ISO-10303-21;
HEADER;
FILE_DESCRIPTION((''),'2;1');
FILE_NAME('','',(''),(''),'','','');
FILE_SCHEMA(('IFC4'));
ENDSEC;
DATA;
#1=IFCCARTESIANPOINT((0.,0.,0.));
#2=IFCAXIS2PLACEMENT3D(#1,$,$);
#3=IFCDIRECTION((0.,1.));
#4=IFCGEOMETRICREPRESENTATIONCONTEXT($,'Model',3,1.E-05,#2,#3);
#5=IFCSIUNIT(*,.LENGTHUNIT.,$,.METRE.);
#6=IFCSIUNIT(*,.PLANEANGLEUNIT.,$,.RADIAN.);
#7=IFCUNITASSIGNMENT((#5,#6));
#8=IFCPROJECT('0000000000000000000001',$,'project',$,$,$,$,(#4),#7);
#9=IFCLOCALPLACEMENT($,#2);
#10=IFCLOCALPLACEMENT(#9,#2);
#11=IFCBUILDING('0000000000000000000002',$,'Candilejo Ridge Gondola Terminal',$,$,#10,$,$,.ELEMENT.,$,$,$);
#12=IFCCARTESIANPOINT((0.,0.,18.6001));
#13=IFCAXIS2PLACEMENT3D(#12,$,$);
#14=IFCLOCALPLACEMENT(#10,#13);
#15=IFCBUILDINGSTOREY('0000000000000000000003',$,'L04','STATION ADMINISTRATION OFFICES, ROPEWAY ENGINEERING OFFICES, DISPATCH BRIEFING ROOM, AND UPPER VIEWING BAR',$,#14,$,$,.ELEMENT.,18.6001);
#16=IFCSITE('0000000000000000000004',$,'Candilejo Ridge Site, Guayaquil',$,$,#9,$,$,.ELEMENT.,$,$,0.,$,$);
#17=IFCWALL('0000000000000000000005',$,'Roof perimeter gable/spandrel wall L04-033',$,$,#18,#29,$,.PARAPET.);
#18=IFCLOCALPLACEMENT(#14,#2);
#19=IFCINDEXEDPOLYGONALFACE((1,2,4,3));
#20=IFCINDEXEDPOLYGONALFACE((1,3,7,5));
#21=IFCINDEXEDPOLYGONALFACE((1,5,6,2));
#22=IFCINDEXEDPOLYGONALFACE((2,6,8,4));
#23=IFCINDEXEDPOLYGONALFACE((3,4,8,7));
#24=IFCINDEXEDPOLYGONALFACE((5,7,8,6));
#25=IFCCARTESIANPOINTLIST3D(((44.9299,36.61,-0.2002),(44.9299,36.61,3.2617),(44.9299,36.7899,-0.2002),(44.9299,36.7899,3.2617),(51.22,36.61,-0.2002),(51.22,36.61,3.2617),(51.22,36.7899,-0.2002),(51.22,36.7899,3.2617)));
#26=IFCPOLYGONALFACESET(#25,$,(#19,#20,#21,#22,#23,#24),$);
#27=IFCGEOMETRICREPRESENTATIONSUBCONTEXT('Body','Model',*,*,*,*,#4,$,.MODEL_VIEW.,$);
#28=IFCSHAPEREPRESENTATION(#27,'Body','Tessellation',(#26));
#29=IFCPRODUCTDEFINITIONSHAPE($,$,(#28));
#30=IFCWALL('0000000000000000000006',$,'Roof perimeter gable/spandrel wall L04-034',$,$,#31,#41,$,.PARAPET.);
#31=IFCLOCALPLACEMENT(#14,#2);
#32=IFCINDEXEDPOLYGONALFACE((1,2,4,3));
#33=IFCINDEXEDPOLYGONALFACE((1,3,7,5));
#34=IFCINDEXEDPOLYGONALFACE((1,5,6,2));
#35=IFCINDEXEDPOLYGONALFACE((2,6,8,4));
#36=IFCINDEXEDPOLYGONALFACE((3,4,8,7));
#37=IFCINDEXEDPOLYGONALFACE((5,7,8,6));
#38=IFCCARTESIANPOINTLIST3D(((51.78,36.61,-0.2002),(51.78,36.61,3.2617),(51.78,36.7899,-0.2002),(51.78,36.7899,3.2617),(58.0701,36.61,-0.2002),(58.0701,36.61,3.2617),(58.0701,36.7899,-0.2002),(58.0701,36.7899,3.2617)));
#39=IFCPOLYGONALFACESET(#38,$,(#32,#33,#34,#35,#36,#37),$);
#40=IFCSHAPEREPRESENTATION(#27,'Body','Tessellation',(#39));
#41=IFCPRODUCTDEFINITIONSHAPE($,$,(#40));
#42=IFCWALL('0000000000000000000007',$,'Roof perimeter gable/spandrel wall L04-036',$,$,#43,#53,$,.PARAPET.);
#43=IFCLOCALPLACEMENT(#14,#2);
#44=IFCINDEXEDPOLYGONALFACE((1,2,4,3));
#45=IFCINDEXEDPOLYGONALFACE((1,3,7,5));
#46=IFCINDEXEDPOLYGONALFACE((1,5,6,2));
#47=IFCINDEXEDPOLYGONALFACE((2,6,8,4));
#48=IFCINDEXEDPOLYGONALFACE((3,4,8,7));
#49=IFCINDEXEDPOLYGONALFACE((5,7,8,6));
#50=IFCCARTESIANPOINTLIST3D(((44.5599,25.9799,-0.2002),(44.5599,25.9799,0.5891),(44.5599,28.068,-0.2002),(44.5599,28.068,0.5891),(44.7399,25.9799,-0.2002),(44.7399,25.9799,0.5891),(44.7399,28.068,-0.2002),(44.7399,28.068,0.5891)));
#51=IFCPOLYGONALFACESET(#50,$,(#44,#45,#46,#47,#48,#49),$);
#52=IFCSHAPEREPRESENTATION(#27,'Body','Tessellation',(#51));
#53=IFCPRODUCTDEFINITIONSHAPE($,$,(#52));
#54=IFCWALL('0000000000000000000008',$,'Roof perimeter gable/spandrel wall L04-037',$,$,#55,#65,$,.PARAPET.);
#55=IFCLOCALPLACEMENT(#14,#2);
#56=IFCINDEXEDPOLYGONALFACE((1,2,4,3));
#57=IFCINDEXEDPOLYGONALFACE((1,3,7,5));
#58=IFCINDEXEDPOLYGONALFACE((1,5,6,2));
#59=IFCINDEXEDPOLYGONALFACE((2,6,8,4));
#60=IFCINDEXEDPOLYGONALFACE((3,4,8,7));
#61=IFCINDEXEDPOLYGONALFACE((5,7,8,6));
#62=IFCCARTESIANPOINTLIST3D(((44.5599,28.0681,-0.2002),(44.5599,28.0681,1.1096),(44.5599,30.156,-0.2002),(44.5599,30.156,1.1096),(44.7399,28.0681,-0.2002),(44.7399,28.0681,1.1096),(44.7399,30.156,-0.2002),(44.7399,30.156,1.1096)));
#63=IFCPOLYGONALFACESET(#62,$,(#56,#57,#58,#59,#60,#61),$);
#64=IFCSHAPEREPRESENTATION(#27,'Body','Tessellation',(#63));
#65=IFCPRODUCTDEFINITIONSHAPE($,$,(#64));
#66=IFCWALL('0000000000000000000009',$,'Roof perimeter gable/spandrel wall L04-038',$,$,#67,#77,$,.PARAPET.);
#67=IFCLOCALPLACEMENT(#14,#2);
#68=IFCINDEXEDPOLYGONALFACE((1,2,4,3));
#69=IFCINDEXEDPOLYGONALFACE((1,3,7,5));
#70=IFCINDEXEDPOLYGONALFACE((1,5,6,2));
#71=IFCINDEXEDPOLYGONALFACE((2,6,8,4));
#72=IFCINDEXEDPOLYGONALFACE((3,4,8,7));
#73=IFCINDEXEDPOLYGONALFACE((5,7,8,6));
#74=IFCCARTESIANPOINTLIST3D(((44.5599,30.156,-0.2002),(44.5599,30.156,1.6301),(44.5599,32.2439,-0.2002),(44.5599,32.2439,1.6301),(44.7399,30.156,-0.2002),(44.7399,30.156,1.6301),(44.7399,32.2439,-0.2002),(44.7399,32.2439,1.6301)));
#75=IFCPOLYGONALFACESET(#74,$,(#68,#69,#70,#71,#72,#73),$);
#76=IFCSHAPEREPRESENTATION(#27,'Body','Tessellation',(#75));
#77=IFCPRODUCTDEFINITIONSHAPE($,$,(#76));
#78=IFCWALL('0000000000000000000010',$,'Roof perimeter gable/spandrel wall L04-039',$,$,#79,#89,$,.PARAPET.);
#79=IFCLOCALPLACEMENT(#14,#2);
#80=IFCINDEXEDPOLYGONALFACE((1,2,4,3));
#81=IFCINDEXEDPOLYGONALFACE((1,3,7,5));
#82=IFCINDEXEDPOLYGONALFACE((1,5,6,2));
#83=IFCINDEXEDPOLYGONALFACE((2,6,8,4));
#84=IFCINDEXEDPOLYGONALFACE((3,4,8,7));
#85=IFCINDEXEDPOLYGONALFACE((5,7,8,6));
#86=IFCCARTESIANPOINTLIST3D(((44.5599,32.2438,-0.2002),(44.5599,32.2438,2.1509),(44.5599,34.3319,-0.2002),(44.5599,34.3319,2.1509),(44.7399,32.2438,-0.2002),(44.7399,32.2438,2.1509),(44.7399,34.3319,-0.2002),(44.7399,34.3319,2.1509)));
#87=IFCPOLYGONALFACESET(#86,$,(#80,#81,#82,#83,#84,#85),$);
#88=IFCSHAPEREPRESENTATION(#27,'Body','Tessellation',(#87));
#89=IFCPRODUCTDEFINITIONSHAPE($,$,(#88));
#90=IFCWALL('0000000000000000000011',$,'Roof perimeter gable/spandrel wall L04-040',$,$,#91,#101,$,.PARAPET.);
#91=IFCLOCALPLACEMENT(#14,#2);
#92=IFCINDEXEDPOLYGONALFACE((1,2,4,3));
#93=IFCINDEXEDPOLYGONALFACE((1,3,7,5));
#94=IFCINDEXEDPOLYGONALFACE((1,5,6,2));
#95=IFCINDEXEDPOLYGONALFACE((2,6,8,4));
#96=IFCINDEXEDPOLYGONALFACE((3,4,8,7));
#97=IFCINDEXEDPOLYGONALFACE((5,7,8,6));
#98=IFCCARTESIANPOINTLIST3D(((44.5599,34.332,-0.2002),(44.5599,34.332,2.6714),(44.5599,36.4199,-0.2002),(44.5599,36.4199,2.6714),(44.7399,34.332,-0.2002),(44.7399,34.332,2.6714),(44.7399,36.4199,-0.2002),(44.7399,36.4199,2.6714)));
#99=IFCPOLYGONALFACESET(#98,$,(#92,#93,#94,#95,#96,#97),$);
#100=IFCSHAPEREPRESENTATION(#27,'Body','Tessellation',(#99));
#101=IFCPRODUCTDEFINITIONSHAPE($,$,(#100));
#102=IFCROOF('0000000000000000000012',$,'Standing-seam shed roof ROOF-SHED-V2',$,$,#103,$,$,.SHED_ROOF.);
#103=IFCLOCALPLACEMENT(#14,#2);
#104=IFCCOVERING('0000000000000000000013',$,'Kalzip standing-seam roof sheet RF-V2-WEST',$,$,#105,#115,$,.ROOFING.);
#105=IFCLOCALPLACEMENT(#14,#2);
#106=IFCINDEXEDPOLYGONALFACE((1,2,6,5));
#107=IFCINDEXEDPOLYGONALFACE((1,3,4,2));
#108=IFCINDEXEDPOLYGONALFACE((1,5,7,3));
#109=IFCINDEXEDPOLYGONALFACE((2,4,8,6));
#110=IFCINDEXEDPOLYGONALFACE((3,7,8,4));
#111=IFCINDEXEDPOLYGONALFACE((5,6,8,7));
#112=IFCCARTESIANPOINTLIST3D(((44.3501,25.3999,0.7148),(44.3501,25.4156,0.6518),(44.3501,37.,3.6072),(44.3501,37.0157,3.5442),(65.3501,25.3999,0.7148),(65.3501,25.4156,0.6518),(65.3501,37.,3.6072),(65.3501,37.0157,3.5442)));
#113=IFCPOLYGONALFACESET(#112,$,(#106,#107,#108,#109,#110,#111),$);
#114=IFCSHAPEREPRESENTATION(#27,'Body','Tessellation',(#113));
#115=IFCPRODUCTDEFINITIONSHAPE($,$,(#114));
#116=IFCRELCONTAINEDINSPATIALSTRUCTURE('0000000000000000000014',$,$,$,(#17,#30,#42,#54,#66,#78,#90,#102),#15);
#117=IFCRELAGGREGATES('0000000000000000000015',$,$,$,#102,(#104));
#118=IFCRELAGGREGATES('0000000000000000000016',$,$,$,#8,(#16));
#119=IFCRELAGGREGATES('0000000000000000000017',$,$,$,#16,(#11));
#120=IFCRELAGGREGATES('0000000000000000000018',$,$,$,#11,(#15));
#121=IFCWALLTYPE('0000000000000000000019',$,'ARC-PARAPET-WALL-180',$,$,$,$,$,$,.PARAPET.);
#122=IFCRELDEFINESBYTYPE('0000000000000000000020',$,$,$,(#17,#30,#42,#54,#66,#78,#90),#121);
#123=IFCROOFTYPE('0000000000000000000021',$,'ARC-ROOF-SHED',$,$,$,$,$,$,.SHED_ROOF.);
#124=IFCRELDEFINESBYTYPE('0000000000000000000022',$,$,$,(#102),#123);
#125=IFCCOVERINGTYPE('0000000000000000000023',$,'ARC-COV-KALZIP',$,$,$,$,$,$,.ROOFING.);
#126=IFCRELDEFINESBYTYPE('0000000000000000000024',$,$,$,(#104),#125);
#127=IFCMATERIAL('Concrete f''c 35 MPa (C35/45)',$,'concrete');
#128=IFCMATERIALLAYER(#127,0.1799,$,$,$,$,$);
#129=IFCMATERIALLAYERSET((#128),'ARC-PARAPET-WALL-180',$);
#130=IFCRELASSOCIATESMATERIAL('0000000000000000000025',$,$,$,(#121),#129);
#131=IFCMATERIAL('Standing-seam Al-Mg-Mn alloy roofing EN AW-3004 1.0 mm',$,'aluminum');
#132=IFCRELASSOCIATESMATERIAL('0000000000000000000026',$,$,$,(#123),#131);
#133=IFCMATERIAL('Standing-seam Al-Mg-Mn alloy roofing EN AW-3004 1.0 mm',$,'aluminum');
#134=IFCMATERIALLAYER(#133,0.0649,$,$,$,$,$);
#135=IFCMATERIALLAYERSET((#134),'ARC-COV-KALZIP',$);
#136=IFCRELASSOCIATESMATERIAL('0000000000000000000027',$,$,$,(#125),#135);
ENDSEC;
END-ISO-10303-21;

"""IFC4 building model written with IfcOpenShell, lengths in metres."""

from ifc_helpers import new_model, si_unit, direction, frame, frame_2d, origin, place, context, subcontext, project, spatial, polyline, rectangle, outline, extrude, material, layer, layer_set, type_object, element, aggregate, save


model = new_model("IFC4")

# Units and contexts
model_context = context("Model", 3, precision=1e-05, world=origin(), true_north=direction((0.0, 1.0)))
body_context = subcontext(model_context, "Body", "Model", "MODEL_VIEW")
ifc_project = project(units=[si_unit("LENGTHUNIT", "METRE"), si_unit("PLANEANGLEUNIT", "RADIAN")], contexts=[model_context])

# Site, building, storey
site_placement = place(None, origin())
site = spatial("IfcSite", under=ifc_project, at=site_placement, Name="Candilejo Ridge Site, Guayaquil", CompositionType="ELEMENT", RefElevation=0.0)
building_placement = place(site_placement, origin())
building = spatial("IfcBuilding", under=site, at=building_placement, Name="Candilejo Ridge Gondola Terminal", CompositionType="ELEMENT")
storey_placement = place(building_placement, frame((0.0, 0.0, 18.6001)))
storey = spatial("IfcBuildingStorey", under=building, at=storey_placement, Name="L04", Description="STATION ADMINISTRATION OFFICES, ROPEWAY ENGINEERING OFFICES, DISPATCH BRIEFING ROOM, AND UPPER VIEWING BAR", CompositionType="ELEMENT", Elevation=18.6001)

# Walls
ifc_material_1 = material(Name="Concrete f'c 35 MPa (C35/45)", Category="concrete")
ifc_layer_1 = layer(ifc_material_1, 0.1799)
ifc_layer_set_1 = layer_set([ifc_layer_1], Name="ARC-PARAPET-WALL-180")
wall_type = type_object("IfcWallType", Name="ARC-PARAPET-WALL-180", PredefinedType="PARAPET", material=ifc_layer_set_1)
for number, where, z_axis, x_axis, name in (
    (1, (44.9299, 36.7, -0.2002), (0.0, 0.0, 1.0), (1.0, 0.0, 0.0), "Roof perimeter gable/spandrel wall L04-033"),
    (2, (51.78, 36.7, -0.2002), (0.0, 0.0, 1.0), (1.0, 0.0, 0.0), "Roof perimeter gable/spandrel wall L04-034"),
):
    element("IfcWall", number, at=place(storey_placement, frame(where, z_axis=z_axis, x_axis=x_axis)), inside=storey, type_object=wall_type, Name=name, PredefinedType="PARAPET", context=body_context, shape_type="SweptSolid", body=[
        extrude(rectangle(XDim=6.29, YDim=0.1799, at=frame_2d((3.145, 0.0))), origin(), (0.0, 0.0, 1.0), 3.4619),
    ])
wall_1_placement = place(storey_placement, frame((44.6499, 25.98, -0.2002), z_axis=(0.0, 0.0, 1.0), x_axis=(0.0, 1.0, 0.0)))
element("IfcWall", 3, at=wall_1_placement, inside=storey, type_object=wall_type, Name="Roof perimeter gable/spandrel wall L04-036", PredefinedType="PARAPET", context=body_context, shape_type="SweptSolid", body=[
    extrude(rectangle(XDim=2.0881, YDim=0.1799, at=frame_2d((1.0439, 0.0))), origin(), (0.0, 0.0, 1.0), 0.7893),
])
wall_2_placement = place(storey_placement, frame((44.6499, 28.0681, -0.2002), z_axis=(0.0, 0.0, 1.0), x_axis=(0.0, 1.0, 0.0)))
element("IfcWall", 4, at=wall_2_placement, inside=storey, type_object=wall_type, Name="Roof perimeter gable/spandrel wall L04-037", PredefinedType="PARAPET", context=body_context, shape_type="SweptSolid", body=[
    extrude(rectangle(XDim=2.0879, YDim=0.1799, at=frame_2d((1.0439, 0.0))), origin(), (0.0, 0.0, 1.0), 1.3098),
])
wall_3_placement = place(storey_placement, frame((44.6499, 30.156, -0.2002), z_axis=(0.0, 0.0, 1.0), x_axis=(0.0, 1.0, 0.0)))
element("IfcWall", 5, at=wall_3_placement, inside=storey, type_object=wall_type, Name="Roof perimeter gable/spandrel wall L04-038", PredefinedType="PARAPET", context=body_context, shape_type="SweptSolid", body=[
    extrude(rectangle(XDim=2.0879, YDim=0.1799, at=frame_2d((1.0439, 0.0))), origin(), (0.0, 0.0, 1.0), 1.8303),
])
wall_4_placement = place(storey_placement, frame((44.6499, 32.2439, -0.2002), z_axis=(0.0, 0.0, 1.0), x_axis=(0.0, 1.0, 0.0)))
element("IfcWall", 6, at=wall_4_placement, inside=storey, type_object=wall_type, Name="Roof perimeter gable/spandrel wall L04-039", PredefinedType="PARAPET", context=body_context, shape_type="SweptSolid", body=[
    extrude(rectangle(XDim=2.0881, YDim=0.1799, at=frame_2d((1.0439, 0.0))), origin(), (0.0, 0.0, 1.0), 2.3511),
])
wall_5_placement = place(storey_placement, frame((44.6499, 34.332, -0.2002), z_axis=(0.0, 0.0, 1.0), x_axis=(0.0, 1.0, 0.0)))
element("IfcWall", 7, at=wall_5_placement, inside=storey, type_object=wall_type, Name="Roof perimeter gable/spandrel wall L04-040", PredefinedType="PARAPET", context=body_context, shape_type="SweptSolid", body=[
    extrude(rectangle(XDim=2.0879, YDim=0.1799, at=frame_2d((1.0439, 0.0))), origin(), (0.0, 0.0, 1.0), 2.8716),
])

# Roof, covering
ifc_material_2 = material(Name="Standing-seam Al-Mg-Mn alloy roofing EN AW-3004 1.0 mm", Category="aluminum")
roof_type = type_object("IfcRoofType", Name="ARC-ROOF-SHED", PredefinedType="SHED_ROOF", material=ifc_material_2)
roof_placement = place(storey_placement, origin())
roof = element("IfcRoof", 8, at=roof_placement, inside=storey, type_object=roof_type, Name="Standing-seam shed roof ROOF-SHED-V2", PredefinedType="SHED_ROOF")
ifc_material_3 = material(Name="Standing-seam Al-Mg-Mn alloy roofing EN AW-3004 1.0 mm", Category="aluminum")
ifc_layer_2 = layer(ifc_material_3, 0.0649)
ifc_layer_set_2 = layer_set([ifc_layer_2], Name="ARC-COV-KALZIP")
covering_type = type_object("IfcCoveringType", Name="ARC-COV-KALZIP", PredefinedType="ROOFING", material=ifc_layer_set_2)
covering_placement = place(storey_placement, frame((44.3501, 25.3999, 0.7148), z_axis=(0.0, -0.24193, 0.970294), x_axis=(1.0, 0.0, 0.0)))
covering = element("IfcCovering", 9, at=covering_placement, type_object=covering_type, Name="Kalzip standing-seam roof sheet RF-V2-WEST", PredefinedType="ROOFING", context=body_context, shape_type="SweptSolid", body=[
    extrude(outline(polyline([(0.0, 0.0), (21.0, 0.0), (21.0, 11.9552), (0.0, 11.9552), (0.0, 0.0)])), origin(), (0.0, 0.0, -1.0), 0.0649),
])
aggregate(roof, [covering])

save(model, "model.ifc")
